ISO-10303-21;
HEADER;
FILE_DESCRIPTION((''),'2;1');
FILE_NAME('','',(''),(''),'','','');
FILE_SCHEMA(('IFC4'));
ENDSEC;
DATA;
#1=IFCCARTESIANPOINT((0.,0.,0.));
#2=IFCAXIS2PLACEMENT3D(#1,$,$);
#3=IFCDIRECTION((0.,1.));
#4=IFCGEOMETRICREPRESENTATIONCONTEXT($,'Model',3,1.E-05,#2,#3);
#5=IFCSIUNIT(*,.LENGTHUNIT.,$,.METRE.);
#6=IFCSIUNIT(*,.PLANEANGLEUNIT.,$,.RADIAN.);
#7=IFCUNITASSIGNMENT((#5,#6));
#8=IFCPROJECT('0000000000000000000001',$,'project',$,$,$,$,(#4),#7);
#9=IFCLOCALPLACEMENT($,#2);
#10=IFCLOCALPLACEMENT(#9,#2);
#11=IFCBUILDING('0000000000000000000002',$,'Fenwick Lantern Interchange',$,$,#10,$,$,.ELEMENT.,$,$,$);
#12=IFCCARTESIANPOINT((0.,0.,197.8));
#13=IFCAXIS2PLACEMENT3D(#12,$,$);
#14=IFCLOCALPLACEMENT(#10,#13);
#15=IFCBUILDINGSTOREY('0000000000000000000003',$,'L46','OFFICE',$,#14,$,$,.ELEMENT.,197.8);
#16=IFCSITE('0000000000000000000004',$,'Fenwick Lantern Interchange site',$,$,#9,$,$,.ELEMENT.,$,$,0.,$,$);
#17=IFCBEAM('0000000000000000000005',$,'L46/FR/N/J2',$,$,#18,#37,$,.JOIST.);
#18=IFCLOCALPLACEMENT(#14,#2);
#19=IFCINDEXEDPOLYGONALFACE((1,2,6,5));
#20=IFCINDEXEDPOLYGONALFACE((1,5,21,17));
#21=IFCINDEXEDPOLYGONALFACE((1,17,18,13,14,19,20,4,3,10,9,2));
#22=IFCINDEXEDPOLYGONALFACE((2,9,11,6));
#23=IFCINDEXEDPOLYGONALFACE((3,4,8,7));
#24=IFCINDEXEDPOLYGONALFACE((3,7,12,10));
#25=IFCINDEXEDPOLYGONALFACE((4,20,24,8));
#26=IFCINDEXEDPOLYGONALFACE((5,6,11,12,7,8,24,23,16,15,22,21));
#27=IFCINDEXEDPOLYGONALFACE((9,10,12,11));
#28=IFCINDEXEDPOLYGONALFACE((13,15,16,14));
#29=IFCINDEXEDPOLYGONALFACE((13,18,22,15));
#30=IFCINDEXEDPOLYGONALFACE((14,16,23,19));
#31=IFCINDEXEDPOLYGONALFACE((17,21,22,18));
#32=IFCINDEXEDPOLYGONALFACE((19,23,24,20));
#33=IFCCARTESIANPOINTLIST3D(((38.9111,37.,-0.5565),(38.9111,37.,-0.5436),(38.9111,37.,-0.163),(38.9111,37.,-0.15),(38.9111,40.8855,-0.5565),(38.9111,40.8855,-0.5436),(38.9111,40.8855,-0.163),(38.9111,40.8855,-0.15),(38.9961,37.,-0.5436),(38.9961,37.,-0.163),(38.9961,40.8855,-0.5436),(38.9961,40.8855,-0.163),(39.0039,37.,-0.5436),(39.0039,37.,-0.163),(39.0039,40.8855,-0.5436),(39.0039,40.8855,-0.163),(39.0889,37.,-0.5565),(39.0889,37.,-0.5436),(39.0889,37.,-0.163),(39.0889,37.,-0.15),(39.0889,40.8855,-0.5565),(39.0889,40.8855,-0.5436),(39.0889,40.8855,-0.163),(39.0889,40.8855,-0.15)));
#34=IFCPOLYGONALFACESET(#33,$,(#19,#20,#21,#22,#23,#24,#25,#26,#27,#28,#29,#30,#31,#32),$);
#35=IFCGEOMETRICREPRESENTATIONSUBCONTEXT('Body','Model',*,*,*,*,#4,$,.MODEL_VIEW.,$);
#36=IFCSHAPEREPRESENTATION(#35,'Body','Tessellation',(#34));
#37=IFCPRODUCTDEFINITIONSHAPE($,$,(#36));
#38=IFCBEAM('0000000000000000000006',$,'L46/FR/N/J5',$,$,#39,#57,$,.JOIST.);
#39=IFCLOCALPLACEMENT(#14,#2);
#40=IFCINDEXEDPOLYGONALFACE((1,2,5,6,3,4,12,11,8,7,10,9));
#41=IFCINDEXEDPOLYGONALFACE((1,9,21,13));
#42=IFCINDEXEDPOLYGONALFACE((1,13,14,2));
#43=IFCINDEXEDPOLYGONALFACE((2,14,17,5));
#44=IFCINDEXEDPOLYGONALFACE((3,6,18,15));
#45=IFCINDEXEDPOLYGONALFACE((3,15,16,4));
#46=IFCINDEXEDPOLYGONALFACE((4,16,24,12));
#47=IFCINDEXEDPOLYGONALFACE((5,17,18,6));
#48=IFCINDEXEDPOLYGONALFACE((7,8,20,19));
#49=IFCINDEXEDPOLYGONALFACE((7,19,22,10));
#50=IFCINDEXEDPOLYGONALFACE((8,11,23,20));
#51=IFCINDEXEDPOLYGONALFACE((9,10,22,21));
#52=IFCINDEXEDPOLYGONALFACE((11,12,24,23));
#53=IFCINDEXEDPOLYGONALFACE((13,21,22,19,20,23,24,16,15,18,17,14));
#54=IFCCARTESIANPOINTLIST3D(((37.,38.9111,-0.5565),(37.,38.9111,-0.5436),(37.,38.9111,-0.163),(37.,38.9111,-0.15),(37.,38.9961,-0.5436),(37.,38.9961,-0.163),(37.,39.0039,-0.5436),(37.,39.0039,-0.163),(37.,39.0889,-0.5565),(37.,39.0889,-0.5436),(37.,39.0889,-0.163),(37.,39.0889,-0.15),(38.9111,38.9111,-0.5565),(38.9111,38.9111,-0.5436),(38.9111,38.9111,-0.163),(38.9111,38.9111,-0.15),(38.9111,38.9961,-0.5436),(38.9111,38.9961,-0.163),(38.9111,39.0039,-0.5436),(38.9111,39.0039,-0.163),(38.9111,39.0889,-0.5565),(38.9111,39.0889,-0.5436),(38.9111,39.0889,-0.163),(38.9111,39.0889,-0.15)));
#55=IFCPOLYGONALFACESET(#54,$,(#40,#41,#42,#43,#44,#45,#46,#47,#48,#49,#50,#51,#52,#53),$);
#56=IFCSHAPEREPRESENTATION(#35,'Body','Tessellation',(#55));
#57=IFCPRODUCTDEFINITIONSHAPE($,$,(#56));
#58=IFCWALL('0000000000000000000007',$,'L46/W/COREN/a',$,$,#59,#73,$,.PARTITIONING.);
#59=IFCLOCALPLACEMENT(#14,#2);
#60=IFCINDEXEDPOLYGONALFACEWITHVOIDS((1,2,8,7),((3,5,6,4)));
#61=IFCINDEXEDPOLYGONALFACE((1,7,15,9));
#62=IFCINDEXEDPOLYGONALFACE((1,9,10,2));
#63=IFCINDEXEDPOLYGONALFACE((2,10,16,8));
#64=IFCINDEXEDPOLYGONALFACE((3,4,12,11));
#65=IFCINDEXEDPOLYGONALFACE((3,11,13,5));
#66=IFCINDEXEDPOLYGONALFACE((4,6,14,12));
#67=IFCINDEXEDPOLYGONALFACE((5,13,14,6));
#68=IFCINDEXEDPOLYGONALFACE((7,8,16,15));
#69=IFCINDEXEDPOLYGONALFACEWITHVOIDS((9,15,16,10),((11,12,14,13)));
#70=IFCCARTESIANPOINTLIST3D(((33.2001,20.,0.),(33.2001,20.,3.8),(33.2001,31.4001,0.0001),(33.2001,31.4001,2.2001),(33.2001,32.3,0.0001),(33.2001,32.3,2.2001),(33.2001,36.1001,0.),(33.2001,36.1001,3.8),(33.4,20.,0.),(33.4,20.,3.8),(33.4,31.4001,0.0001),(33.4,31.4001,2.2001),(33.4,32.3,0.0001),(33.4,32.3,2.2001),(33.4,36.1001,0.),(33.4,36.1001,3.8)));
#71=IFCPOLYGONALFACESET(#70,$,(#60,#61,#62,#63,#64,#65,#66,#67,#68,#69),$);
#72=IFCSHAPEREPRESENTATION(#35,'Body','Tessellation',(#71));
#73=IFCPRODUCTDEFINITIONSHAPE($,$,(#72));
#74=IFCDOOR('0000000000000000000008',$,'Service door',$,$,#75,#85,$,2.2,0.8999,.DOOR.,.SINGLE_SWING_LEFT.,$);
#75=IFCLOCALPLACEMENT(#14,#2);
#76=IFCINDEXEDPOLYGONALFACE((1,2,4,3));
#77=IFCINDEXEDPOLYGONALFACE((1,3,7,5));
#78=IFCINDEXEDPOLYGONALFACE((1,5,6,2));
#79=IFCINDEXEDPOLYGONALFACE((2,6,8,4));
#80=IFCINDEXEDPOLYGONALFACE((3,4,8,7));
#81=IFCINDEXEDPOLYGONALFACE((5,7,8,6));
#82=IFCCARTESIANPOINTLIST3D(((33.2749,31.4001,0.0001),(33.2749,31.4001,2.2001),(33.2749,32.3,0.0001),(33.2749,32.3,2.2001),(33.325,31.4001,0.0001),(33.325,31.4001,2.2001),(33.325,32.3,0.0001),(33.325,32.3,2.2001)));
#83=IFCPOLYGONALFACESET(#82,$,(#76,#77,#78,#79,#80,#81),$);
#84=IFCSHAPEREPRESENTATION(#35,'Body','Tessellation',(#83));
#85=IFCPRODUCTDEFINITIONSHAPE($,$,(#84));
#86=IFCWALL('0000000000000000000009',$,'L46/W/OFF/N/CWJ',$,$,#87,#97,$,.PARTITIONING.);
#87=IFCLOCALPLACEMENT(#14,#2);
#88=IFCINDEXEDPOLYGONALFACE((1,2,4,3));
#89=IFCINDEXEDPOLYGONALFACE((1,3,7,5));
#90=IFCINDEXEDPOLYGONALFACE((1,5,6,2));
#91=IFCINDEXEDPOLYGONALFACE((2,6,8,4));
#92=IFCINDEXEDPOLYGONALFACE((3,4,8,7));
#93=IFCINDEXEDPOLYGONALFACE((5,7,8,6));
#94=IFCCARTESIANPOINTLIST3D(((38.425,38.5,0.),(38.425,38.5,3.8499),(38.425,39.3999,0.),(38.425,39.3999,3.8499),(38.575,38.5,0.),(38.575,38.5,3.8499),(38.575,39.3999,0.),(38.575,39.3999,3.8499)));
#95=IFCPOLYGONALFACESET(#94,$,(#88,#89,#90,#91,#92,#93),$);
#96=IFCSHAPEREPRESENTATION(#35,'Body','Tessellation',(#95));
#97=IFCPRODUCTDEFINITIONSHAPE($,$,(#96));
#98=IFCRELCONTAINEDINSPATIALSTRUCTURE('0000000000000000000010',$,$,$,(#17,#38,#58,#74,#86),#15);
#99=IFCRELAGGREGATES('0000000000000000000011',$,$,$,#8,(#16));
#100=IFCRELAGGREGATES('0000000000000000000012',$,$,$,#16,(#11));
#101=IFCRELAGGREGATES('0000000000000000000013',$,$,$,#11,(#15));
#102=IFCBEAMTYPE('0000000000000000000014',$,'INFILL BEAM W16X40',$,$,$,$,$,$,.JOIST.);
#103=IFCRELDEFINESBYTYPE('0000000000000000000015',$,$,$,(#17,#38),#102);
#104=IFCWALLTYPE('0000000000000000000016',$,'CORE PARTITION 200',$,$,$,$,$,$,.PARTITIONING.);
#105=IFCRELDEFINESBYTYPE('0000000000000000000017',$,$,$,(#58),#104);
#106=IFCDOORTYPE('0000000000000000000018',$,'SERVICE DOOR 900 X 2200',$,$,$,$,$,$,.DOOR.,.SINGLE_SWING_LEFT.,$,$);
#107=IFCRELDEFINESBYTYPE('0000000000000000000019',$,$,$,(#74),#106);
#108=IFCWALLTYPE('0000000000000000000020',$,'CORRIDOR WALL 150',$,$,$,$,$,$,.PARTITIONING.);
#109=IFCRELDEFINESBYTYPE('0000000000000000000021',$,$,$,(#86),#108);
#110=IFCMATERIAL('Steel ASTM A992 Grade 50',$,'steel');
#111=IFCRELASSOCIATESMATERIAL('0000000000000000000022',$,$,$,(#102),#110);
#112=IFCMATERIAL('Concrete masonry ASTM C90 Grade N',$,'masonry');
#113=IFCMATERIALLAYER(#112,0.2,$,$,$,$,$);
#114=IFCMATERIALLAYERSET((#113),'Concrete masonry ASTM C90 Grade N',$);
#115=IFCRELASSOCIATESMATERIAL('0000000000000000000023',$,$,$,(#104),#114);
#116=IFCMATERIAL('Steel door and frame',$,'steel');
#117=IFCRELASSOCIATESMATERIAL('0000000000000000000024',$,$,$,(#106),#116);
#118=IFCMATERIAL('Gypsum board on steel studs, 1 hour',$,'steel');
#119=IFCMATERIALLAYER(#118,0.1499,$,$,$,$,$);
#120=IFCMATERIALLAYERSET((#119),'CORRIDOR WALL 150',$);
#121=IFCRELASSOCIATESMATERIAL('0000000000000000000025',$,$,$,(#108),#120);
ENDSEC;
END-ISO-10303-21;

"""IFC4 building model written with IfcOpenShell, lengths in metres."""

from ifc_helpers import new_model, si_unit, direction, frame, frame_2d, origin, origin_2d, place, context, subcontext, project, spatial, rectangle, i_section, extrude, material, layer, layer_set, material_profile, profile_set, type_object, element, fill, save


model = new_model("IFC4")

# Units and contexts
model_context = context("Model", 3, precision=1e-05, world=origin(), true_north=direction((0.0, 1.0)))
body_context = subcontext(model_context, "Body", "Model", "MODEL_VIEW")
ifc_project = project(units=[si_unit("LENGTHUNIT", "METRE"), si_unit("PLANEANGLEUNIT", "RADIAN")], contexts=[model_context])

# Site, building, storey
site_placement = place(None, origin())
site = spatial("IfcSite", under=ifc_project, at=site_placement, Name="Fenwick Lantern Interchange site", CompositionType="ELEMENT", RefElevation=0.0)
building_placement = place(site_placement, origin())
building = spatial("IfcBuilding", under=site, at=building_placement, Name="Fenwick Lantern Interchange", CompositionType="ELEMENT")
storey_placement = place(building_placement, frame((0.0, 0.0, 197.8)))
storey = spatial("IfcBuildingStorey", under=building, at=storey_placement, Name="L46", Description="OFFICE", CompositionType="ELEMENT", Elevation=197.8)

# Beams
ifc_material_1 = material(Name="Steel ASTM A992 Grade 50", Category="steel")
ifc_material_profile = material_profile(ifc_material_1, i_section(OverallWidth=0.1777, OverallDepth=0.4065, WebThickness=0.0078, FlangeThickness=0.0129, at=origin_2d()), Name="W16X40")
ifc_profile_set = profile_set([ifc_material_profile], Name="Steel ASTM A992 Grade 50")
beam_type = type_object("IfcBeamType", Name="INFILL BEAM W16X40", PredefinedType="JOIST", material=ifc_profile_set)
beam_1_placement = place(storey_placement, frame((39.0, 40.8855, -0.3533), z_axis=(0.0, -1.0, 0.0), x_axis=(1.0, 0.0, 0.0)))
element("IfcBeam", 1, at=beam_1_placement, inside=storey, type_object=beam_type, Name="L46/FR/N/J2", PredefinedType="JOIST", context=body_context, shape_type="SweptSolid", body=[
    extrude(i_section(OverallWidth=0.1777, OverallDepth=0.4065, WebThickness=0.0078, FlangeThickness=0.0129, at=origin_2d()), origin(), (0.0, 0.0, 1.0), 3.8855),
])
beam_2_placement = place(storey_placement, frame((38.9111, 39.0, -0.3533), z_axis=(-1.0, 0.0, 0.0), x_axis=(0.0, -1.0, 0.0)))
element("IfcBeam", 2, at=beam_2_placement, inside=storey, type_object=beam_type, Name="L46/FR/N/J5", PredefinedType="JOIST", context=body_context, shape_type="SweptSolid", body=[
    extrude(i_section(OverallWidth=0.1777, OverallDepth=0.4065, WebThickness=0.0078, FlangeThickness=0.0129, at=origin_2d()), origin(), (0.0, 0.0, 1.0), 1.9111),
])

# Wall, opening, door
ifc_material_2 = material(Name="Concrete masonry ASTM C90 Grade N", Category="masonry")
ifc_layer_1 = layer(ifc_material_2, 0.2)
ifc_layer_set_1 = layer_set([ifc_layer_1], Name="Concrete masonry ASTM C90 Grade N")
wall_type_1 = type_object("IfcWallType", Name="CORE PARTITION 200", PredefinedType="PARTITIONING", material=ifc_layer_set_1)
wall_1_placement = place(storey_placement, frame((33.3, 36.1001, 0.0), z_axis=(0.0, 0.0, 1.0), x_axis=(0.0, -1.0, 0.0)))
wall_1 = element("IfcWall", 3, at=wall_1_placement, inside=storey, type_object=wall_type_1, Name="L46/W/COREN/a", PredefinedType="PARTITIONING", context=body_context, shape_type="SweptSolid", body=[
    extrude(rectangle(XDim=16.1001, YDim=0.2, at=frame_2d((8.05, 0.0))), origin(), (0.0, 0.0, 1.0), 3.8),
])
opening_1_placement = place(wall_1_placement, frame((3.8, 0.0, 0.0)))
opening_1 = element("IfcOpeningElement", 4, at=opening_1_placement, cuts=wall_1, PredefinedType="OPENING", context=body_context, shape_type="SweptSolid", body=[
    extrude(rectangle(XDim=0.8999, YDim=2.2, at=frame_2d((0.45, 1.1001))), frame((0.0, 0.1099, 0.0), z_axis=(0.0, -1.0, 0.0), x_axis=(1.0, 0.0, 0.0)), (0.0, 0.0, 1.0), 0.22),
])
ifc_material_3 = material(Name="Steel door and frame", Category="steel")
door_type_1 = type_object("IfcDoorType", Name="SERVICE DOOR 900 X 2200", OperationType="SINGLE_SWING_LEFT", PredefinedType="DOOR", material=ifc_material_3)
door_1_placement = place(opening_1_placement, origin())
door_1 = element("IfcDoor", 5, at=door_1_placement, inside=storey, type_object=door_type_1, Name="Service door", OperationType="SINGLE_SWING_LEFT", OverallHeight=2.2, OverallWidth=0.8999, PredefinedType="DOOR", context=body_context, shape_type="SweptSolid", body=[
    extrude(rectangle(XDim=0.8999, YDim=2.2, at=frame_2d((0.45, 1.1001))), frame((0.0, 0.0249, 0.0), z_axis=(0.0, -1.0, 0.0), x_axis=(1.0, 0.0, 0.0)), (0.0, 0.0, 1.0), 0.05),
])
fill(opening_1, door_1)

# Wall
ifc_material_4 = material(Name="Gypsum board on steel studs, 1 hour", Category="steel")
ifc_layer_2 = layer(ifc_material_4, 0.1499)
ifc_layer_set_2 = layer_set([ifc_layer_2], Name="CORRIDOR WALL 150")
wall_type_2 = type_object("IfcWallType", Name="CORRIDOR WALL 150", PredefinedType="PARTITIONING", material=ifc_layer_set_2)
wall_2_placement = place(storey_placement, frame((38.5, 38.5, 0.0), z_axis=(0.0, 0.0, 1.0), x_axis=(0.0, 1.0, 0.0)))
element("IfcWall", 6, at=wall_2_placement, inside=storey, type_object=wall_type_2, Name="L46/W/OFF/N/CWJ", PredefinedType="PARTITIONING", context=body_context, shape_type="SweptSolid", body=[
    extrude(rectangle(XDim=0.8999, YDim=0.1499, at=frame_2d((0.45, 0.0))), origin(), (0.0, 0.0, 1.0), 3.8499),
])

save(model, "model.ifc")
